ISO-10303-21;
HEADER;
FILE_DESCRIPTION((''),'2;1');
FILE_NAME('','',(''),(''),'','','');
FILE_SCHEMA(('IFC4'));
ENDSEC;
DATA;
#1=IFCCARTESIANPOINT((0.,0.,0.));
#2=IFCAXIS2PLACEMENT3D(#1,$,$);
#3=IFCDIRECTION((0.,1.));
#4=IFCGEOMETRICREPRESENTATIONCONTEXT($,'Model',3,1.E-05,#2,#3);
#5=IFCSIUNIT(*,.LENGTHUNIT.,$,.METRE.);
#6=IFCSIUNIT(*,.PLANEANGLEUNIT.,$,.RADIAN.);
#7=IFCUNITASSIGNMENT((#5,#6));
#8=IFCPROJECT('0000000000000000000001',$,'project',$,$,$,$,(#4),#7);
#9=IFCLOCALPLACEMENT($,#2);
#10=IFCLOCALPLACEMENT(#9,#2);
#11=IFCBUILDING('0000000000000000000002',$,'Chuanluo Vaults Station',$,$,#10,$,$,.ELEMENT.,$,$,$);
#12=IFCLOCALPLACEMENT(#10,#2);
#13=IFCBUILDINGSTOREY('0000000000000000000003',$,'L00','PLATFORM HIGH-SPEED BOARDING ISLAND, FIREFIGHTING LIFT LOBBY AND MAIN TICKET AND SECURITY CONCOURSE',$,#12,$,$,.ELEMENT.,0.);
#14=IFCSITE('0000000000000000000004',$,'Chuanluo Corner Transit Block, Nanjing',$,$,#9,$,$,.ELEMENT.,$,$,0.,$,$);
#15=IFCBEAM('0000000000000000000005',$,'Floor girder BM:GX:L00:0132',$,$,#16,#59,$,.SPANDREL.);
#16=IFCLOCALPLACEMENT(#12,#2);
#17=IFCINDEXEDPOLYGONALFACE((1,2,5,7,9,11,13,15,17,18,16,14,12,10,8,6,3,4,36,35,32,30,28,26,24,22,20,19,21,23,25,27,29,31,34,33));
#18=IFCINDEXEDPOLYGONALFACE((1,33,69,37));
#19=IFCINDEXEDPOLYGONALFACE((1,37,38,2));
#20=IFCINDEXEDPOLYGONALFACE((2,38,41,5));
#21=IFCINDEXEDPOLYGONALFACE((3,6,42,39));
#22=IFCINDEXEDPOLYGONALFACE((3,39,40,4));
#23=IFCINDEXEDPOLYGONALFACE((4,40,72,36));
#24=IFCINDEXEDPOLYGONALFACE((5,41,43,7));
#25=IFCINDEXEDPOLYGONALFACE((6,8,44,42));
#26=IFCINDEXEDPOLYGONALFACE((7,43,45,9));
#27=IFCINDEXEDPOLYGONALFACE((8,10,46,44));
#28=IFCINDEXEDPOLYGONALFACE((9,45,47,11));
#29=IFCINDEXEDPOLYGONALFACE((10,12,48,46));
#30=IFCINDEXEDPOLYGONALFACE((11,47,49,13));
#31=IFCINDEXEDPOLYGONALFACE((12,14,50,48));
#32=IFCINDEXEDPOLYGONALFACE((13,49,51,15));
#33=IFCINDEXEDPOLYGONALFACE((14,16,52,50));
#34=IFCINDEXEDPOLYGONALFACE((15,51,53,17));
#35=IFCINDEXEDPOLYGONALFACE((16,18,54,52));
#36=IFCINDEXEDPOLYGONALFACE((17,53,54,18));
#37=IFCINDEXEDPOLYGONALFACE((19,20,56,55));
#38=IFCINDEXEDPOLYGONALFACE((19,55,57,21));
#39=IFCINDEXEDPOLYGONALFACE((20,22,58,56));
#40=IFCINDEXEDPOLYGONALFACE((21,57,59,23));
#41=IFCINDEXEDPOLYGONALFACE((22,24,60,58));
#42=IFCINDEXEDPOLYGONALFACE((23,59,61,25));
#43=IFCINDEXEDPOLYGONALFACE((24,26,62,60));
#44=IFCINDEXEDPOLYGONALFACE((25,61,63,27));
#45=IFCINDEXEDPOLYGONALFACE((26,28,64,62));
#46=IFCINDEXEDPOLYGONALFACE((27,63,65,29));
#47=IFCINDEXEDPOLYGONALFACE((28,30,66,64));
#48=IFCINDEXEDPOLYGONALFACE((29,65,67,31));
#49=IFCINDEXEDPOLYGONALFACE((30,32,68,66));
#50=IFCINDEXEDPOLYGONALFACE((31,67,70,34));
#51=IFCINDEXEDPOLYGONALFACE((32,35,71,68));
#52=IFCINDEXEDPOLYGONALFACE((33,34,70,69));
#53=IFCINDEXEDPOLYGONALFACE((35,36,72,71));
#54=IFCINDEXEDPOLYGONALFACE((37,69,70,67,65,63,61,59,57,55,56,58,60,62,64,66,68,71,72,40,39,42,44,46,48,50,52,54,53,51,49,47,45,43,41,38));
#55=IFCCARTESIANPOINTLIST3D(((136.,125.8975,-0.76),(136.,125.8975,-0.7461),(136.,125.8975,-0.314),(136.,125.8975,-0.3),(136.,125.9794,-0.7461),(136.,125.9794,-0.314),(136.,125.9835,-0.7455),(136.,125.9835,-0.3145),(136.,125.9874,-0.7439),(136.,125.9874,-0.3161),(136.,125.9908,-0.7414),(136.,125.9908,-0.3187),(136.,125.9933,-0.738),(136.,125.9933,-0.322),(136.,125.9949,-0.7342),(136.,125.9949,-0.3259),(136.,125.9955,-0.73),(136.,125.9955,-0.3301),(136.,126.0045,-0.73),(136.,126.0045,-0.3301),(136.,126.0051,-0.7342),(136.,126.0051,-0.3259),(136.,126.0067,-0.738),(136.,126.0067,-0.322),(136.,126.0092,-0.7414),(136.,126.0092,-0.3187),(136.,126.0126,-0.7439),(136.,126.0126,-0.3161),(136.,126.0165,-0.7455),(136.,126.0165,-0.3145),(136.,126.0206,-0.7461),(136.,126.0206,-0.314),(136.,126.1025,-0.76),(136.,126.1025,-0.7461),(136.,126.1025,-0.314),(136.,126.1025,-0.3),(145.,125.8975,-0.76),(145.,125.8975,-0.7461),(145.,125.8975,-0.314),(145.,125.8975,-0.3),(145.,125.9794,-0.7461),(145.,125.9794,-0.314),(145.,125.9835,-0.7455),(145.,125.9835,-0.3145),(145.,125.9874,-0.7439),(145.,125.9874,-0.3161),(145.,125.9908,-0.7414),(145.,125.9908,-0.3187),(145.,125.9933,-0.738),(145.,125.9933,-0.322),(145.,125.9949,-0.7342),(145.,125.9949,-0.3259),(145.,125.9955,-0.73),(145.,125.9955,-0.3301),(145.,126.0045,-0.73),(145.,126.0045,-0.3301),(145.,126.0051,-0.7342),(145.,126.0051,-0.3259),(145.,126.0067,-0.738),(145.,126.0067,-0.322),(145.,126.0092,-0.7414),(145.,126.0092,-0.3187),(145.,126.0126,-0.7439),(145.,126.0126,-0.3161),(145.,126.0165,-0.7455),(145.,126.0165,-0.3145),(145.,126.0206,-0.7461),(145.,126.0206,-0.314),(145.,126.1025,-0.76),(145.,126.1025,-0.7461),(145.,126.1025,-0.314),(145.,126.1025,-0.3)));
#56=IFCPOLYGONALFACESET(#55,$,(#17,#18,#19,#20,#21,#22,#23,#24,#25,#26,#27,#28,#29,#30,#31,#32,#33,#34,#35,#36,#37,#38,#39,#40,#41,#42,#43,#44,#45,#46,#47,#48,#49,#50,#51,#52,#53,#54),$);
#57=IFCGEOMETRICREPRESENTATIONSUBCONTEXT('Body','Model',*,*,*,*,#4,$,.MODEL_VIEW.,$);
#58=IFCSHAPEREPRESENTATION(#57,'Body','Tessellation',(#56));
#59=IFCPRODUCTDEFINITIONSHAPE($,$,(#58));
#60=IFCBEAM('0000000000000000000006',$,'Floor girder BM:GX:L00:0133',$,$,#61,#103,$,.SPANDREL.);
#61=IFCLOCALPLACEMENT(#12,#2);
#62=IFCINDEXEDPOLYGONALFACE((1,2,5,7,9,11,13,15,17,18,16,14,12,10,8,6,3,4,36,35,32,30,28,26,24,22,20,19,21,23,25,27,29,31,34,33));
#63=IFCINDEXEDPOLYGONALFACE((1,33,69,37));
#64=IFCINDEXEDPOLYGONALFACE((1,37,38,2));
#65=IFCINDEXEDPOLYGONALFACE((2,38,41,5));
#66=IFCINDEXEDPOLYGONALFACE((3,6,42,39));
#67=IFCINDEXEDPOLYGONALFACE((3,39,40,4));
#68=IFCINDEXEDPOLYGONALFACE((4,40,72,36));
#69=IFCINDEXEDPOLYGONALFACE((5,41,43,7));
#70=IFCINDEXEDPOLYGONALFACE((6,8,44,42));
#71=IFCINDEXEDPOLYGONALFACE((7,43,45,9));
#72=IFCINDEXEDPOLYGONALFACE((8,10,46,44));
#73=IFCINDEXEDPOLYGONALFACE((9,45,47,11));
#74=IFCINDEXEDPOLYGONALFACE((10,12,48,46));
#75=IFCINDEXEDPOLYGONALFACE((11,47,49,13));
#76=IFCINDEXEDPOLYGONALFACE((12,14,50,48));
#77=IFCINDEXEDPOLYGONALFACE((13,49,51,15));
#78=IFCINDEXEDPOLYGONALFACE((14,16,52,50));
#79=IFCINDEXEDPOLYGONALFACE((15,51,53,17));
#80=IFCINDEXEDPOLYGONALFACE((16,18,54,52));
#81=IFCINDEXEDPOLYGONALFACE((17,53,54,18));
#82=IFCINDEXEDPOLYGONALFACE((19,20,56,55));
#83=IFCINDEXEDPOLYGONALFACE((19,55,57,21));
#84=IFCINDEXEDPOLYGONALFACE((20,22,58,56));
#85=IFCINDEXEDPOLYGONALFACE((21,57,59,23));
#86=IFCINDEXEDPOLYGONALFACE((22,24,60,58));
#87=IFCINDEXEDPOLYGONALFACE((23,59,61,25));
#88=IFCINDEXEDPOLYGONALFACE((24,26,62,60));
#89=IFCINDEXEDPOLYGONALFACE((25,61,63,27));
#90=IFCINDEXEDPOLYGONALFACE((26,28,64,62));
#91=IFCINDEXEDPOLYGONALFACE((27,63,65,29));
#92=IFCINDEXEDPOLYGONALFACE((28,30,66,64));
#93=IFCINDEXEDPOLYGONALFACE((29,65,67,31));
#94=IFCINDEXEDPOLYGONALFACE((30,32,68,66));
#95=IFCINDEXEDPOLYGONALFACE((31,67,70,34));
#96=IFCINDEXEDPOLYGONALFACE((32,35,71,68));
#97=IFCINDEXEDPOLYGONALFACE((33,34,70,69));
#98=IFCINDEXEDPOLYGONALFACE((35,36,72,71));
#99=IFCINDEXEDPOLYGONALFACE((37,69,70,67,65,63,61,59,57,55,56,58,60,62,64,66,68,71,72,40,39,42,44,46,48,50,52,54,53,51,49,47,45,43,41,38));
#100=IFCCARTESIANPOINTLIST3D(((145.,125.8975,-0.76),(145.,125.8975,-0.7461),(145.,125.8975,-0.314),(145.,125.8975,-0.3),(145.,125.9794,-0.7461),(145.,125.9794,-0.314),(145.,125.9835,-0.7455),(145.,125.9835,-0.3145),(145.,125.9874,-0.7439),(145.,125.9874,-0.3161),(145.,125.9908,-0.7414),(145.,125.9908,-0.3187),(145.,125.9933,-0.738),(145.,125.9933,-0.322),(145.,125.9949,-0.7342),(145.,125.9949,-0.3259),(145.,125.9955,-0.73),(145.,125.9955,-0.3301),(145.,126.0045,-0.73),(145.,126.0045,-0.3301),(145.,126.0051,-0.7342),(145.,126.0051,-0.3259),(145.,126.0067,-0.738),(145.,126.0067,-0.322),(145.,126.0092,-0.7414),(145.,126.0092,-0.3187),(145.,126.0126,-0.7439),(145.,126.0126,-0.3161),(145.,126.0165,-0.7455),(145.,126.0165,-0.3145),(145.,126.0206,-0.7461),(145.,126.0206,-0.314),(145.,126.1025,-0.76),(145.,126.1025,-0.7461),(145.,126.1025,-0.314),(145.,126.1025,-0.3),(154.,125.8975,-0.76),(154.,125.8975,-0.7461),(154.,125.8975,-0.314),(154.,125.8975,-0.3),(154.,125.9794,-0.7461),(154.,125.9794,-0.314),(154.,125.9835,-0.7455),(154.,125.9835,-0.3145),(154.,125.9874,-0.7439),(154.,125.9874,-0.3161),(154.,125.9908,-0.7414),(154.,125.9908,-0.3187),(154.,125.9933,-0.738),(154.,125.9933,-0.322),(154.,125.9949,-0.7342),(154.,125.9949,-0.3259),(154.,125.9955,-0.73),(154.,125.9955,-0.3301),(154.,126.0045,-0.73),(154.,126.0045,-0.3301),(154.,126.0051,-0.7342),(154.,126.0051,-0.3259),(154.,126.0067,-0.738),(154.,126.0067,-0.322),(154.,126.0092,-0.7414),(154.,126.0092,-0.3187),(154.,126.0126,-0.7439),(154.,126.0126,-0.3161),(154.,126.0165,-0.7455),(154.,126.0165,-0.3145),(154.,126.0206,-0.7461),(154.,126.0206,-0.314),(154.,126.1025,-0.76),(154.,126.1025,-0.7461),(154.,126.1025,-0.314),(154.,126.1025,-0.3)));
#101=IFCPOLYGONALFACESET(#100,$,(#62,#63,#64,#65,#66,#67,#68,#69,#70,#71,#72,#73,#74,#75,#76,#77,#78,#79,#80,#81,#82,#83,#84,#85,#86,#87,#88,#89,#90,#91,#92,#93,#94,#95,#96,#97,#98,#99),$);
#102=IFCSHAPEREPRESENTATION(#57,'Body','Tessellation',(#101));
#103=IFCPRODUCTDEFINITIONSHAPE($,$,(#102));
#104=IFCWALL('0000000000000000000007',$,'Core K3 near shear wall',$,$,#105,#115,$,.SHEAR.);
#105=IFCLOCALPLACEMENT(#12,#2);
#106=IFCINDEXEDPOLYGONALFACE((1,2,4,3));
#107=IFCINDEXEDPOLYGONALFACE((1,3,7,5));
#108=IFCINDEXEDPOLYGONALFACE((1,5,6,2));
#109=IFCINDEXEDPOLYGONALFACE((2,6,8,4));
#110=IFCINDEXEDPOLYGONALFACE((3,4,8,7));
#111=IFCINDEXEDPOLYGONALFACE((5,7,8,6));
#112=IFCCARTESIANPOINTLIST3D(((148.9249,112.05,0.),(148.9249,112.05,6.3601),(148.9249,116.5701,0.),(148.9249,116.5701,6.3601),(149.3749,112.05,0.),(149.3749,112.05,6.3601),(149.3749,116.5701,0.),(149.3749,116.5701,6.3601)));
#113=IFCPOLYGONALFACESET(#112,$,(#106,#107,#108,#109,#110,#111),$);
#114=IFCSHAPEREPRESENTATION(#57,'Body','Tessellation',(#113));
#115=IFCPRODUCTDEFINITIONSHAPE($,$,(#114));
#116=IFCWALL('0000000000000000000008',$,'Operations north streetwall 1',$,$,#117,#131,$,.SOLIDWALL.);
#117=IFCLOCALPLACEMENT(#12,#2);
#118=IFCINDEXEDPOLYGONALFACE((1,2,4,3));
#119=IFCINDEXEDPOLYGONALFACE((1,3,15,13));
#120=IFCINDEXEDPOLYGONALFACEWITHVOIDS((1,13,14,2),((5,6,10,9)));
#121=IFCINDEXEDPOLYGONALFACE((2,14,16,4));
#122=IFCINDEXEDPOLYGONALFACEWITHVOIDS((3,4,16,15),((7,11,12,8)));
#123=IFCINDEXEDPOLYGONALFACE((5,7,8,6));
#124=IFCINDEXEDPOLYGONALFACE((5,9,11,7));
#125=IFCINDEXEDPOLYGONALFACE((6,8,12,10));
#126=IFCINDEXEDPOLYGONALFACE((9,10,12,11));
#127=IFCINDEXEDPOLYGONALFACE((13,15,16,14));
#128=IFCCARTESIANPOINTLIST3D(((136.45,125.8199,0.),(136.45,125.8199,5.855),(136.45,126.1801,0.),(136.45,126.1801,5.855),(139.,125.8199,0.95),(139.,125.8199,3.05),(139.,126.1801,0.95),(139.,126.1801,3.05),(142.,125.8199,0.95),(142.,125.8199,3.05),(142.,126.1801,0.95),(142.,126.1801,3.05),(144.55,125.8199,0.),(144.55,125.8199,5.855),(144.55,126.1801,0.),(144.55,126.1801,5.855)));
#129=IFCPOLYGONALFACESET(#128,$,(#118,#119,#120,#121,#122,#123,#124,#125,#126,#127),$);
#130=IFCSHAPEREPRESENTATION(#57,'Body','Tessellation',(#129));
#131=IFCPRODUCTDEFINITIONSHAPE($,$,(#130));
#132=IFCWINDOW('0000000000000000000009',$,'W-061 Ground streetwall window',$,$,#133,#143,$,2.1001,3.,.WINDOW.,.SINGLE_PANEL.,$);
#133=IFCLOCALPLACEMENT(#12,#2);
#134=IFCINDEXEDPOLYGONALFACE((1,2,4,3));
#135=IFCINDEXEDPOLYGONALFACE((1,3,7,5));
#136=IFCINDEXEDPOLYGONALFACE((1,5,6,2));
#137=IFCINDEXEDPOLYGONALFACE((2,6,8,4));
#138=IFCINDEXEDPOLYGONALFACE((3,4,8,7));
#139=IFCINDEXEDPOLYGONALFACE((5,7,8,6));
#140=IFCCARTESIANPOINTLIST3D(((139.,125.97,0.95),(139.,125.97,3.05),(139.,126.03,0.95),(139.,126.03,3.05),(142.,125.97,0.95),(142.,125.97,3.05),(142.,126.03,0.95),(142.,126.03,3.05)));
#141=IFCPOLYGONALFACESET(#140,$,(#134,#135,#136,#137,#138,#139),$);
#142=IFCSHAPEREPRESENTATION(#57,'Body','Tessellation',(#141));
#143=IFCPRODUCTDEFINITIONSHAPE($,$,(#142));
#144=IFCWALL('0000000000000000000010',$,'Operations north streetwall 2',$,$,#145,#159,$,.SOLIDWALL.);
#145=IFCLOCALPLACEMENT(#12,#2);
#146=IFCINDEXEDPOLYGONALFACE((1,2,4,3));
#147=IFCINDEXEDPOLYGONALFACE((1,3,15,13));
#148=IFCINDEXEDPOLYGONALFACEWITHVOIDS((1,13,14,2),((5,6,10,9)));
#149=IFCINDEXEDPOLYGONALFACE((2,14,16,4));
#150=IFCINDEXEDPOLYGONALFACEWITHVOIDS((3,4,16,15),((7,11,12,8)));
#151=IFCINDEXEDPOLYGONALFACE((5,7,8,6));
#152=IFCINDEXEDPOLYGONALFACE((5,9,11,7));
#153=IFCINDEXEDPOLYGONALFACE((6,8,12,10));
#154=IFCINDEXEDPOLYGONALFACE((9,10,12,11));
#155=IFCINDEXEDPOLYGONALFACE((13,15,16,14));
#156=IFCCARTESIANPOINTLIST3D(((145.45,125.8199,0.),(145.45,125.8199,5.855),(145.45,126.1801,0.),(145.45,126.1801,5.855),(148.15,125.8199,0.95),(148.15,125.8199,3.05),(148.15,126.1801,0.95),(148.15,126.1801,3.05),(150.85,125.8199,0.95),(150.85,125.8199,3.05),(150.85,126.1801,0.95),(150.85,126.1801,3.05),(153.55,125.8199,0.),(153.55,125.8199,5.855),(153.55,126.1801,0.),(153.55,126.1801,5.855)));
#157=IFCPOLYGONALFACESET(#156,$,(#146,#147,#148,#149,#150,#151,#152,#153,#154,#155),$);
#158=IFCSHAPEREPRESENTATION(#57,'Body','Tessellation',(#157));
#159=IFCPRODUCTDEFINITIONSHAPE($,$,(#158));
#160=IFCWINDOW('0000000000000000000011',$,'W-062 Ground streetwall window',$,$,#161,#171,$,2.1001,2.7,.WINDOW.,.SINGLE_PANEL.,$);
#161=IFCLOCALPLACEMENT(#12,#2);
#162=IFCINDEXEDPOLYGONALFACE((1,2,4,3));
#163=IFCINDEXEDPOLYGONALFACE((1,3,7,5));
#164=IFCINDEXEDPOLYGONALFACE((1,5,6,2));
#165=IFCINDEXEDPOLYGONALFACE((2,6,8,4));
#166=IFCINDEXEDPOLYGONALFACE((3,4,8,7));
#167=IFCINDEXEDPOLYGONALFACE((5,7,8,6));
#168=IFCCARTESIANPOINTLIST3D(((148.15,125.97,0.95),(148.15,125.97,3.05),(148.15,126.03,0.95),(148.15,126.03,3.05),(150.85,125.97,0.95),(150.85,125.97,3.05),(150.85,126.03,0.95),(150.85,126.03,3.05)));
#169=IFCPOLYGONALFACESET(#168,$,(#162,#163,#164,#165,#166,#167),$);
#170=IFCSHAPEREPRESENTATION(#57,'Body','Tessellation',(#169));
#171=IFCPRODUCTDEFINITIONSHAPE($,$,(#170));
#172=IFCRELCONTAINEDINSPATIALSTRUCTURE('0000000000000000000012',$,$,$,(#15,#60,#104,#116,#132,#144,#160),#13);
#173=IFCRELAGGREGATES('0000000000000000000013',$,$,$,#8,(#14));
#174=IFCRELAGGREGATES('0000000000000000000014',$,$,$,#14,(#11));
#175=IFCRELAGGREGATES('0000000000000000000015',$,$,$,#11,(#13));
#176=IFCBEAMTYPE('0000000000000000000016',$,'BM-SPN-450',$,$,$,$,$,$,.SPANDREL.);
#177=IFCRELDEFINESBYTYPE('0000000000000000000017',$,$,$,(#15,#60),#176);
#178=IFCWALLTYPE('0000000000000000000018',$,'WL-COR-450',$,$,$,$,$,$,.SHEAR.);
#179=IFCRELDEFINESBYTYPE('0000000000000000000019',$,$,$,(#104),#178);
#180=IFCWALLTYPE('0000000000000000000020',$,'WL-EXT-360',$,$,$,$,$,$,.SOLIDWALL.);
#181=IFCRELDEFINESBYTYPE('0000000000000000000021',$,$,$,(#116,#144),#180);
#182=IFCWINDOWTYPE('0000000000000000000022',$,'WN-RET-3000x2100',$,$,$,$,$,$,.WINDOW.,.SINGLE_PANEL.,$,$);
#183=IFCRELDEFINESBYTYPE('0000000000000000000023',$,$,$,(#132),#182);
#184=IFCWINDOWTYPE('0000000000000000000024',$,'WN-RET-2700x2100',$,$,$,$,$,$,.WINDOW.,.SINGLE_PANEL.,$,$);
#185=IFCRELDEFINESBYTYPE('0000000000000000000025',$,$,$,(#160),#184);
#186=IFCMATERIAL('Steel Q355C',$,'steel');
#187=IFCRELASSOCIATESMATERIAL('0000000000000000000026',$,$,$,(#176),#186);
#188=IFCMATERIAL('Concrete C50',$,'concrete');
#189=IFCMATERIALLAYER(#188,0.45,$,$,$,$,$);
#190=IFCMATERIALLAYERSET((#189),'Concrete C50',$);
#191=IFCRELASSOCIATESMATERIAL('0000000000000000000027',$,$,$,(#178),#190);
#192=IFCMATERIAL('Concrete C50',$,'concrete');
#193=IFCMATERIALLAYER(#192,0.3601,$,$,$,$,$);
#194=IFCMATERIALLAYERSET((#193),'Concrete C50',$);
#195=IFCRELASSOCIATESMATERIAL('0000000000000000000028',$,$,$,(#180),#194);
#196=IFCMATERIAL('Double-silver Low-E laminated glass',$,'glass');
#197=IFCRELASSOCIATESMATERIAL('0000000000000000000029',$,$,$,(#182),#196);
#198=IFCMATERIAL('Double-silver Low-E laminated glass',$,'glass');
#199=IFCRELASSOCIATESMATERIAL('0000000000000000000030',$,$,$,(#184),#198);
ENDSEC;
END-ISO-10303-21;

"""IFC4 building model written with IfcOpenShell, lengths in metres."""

from ifc_helpers import new_model, si_unit, direction, frame, frame_2d, origin, origin_2d, place, context, subcontext, project, spatial, rectangle, i_section, extrude, material, layer, layer_set, material_profile, profile_set, type_object, element, fill, save


model = new_model("IFC4")

# Units and contexts
model_context = context("Model", 3, precision=1e-05, world=origin(), true_north=direction((0.0, 1.0)))
body_context = subcontext(model_context, "Body", "Model", "MODEL_VIEW")
ifc_project = project(units=[si_unit("LENGTHUNIT", "METRE"), si_unit("PLANEANGLEUNIT", "RADIAN")], contexts=[model_context])

# Site, building, storey
site_placement = place(None, origin())
site = spatial("IfcSite", under=ifc_project, at=site_placement, Name="Chuanluo Corner Transit Block, Nanjing", CompositionType="ELEMENT", RefElevation=0.0)
building_placement = place(site_placement, origin())
building = spatial("IfcBuilding", under=site, at=building_placement, Name="Chuanluo Vaults Station", CompositionType="ELEMENT")
storey_placement = place(building_placement, origin())
storey = spatial("IfcBuildingStorey", under=building, at=storey_placement, Name="L00", Description="PLATFORM HIGH-SPEED BOARDING ISLAND, FIREFIGHTING LIFT LOBBY AND MAIN TICKET AND SECURITY CONCOURSE", CompositionType="ELEMENT", Elevation=0.0)

# Beams
ifc_material_1 = material(Name="Steel Q355C", Category="steel")
ifc_material_profile_1 = material_profile(ifc_material_1, i_section(OverallWidth=0.2051, OverallDepth=0.46, WebThickness=0.009, FlangeThickness=0.0139, FilletRadius=0.0161, at=origin_2d()))
ifc_profile_set_1 = profile_set([ifc_material_profile_1], Name="Steel Q355C")
beam_type_1 = type_object("IfcBeamType", Name="BM-SPN-450", PredefinedType="SPANDREL", material=ifc_profile_set_1)
for number, where, z_axis, x_axis, name in (
    (1, (136.0, 126.0, -0.53), (1.0, 0.0, 0.0), (0.0, 1.0, 0.0), "Floor girder BM:GX:L00:0132"),
    (2, (145.0, 126.0, -0.53), (1.0, 0.0, 0.0), (0.0, 1.0, 0.0), "Floor girder BM:GX:L00:0133"),
):
    element("IfcBeam", number, at=place(storey_placement, frame(where, z_axis=z_axis, x_axis=x_axis)), inside=storey, type_object=beam_type_1, Name=name, PredefinedType="SPANDREL", context=body_context, shape_type="SweptSolid", body=[
        extrude(i_section(OverallWidth=0.2051, OverallDepth=0.46, WebThickness=0.009, FlangeThickness=0.0139, FilletRadius=0.0161, at=origin_2d()), origin(), (0.0, 0.0, 1.0), 9.0),
    ])

# Wall
ifc_material_2 = material(Name="Concrete C50", Category="concrete")
ifc_layer_1 = layer(ifc_material_2, 0.45)
ifc_layer_set_1 = layer_set([ifc_layer_1], Name="Concrete C50")
wall_type_1 = type_object("IfcWallType", Name="WL-COR-450", PredefinedType="SHEAR", material=ifc_layer_set_1)
wall_1_placement = place(storey_placement, frame((149.1499, 116.5701, 0.0), z_axis=(0.0, 0.0, 1.0), x_axis=(0.0, -1.0, 0.0)))
element("IfcWall", 3, at=wall_1_placement, inside=storey, type_object=wall_type_1, Name="Core K3 near shear wall", PredefinedType="SHEAR", context=body_context, shape_type="SweptSolid", body=[
    extrude(rectangle(XDim=4.52, YDim=0.45, at=frame_2d((2.26, 0.0))), origin(), (0.0, 0.0, 1.0), 6.3601),
])

# Walls, openings, windows
ifc_material_3 = material(Name="Concrete C50", Category="concrete")
ifc_layer_2 = layer(ifc_material_3, 0.3601)
ifc_layer_set_2 = layer_set([ifc_layer_2], Name="Concrete C50")
wall_type_2 = type_object("IfcWallType", Name="WL-EXT-360", PredefinedType="SOLIDWALL", material=ifc_layer_set_2)
wall_2_placement = place(storey_placement, frame((136.45, 126.0, 0.0), z_axis=(0.0, 0.0, 1.0), x_axis=(1.0, 0.0, 0.0)))
wall_2 = element("IfcWall", 4, at=wall_2_placement, inside=storey, type_object=wall_type_2, Name="Operations north streetwall 1", PredefinedType="SOLIDWALL", context=body_context, shape_type="SweptSolid", body=[
    extrude(rectangle(XDim=8.1001, YDim=0.3601, at=frame_2d((4.05, 0.0))), origin(), (0.0, 0.0, 1.0), 5.855),
])
opening_1_placement = place(wall_2_placement, frame((2.55, 0.0, 0.95)))
opening_1 = element("IfcOpeningElement", 5, at=opening_1_placement, cuts=wall_2, PredefinedType="OPENING", context=body_context, shape_type="SweptSolid", body=[
    extrude(rectangle(XDim=3.0, YDim=2.1001, at=frame_2d((1.5, 1.05))), frame((0.0, 0.1902, 0.0), z_axis=(0.0, -1.0, 0.0), x_axis=(1.0, 0.0, 0.0)), (0.0, 0.0, 1.0), 0.3801),
])
ifc_material_4 = material(Name="Double-silver Low-E laminated glass", Category="glass")
window_type_1 = type_object("IfcWindowType", Name="WN-RET-3000x2100", PartitioningType="SINGLE_PANEL", PredefinedType="WINDOW", material=ifc_material_4)
window_1_placement = place(opening_1_placement, origin())
window_1 = element("IfcWindow", 6, at=window_1_placement, inside=storey, type_object=window_type_1, Name="W-061 Ground streetwall window", OverallHeight=2.1001, OverallWidth=3.0, PartitioningType="SINGLE_PANEL", PredefinedType="WINDOW", context=body_context, shape_type="SweptSolid", body=[
    extrude(rectangle(XDim=3.0, YDim=2.1001, at=frame_2d((1.5, 1.05))), frame((0.0, 0.03, 0.0), z_axis=(0.0, -1.0, 0.0), x_axis=(1.0, 0.0, 0.0)), (0.0, 0.0, 1.0), 0.0601),
])
fill(opening_1, window_1)
wall_3_placement = place(storey_placement, frame((145.45, 126.0, 0.0), z_axis=(0.0, 0.0, 1.0), x_axis=(1.0, 0.0, 0.0)))
wall_3 = element("IfcWall", 7, at=wall_3_placement, inside=storey, type_object=wall_type_2, Name="Operations north streetwall 2", PredefinedType="SOLIDWALL", context=body_context, shape_type="SweptSolid", body=[
    extrude(rectangle(XDim=8.1001, YDim=0.3601, at=frame_2d((4.05, 0.0))), origin(), (0.0, 0.0, 1.0), 5.855),
])
opening_2_placement = place(wall_3_placement, frame((2.7, 0.0, 0.95)))
opening_2 = element("IfcOpeningElement", 8, at=opening_2_placement, cuts=wall_3, PredefinedType="OPENING", context=body_context, shape_type="SweptSolid", body=[
    extrude(rectangle(XDim=2.7, YDim=2.1001, at=frame_2d((1.3501, 1.05))), frame((0.0, 0.1902, 0.0), z_axis=(0.0, -1.0, 0.0), x_axis=(1.0, 0.0, 0.0)), (0.0, 0.0, 1.0), 0.3801),
])
ifc_material_5 = material(Name="Double-silver Low-E laminated glass", Category="glass")
window_type_2 = type_object("IfcWindowType", Name="WN-RET-2700x2100", PartitioningType="SINGLE_PANEL", PredefinedType="WINDOW", material=ifc_material_5)
window_2_placement = place(opening_2_placement, origin())
window_2 = element("IfcWindow", 9, at=window_2_placement, inside=storey, type_object=window_type_2, Name="W-062 Ground streetwall window", OverallHeight=2.1001, OverallWidth=2.7, PartitioningType="SINGLE_PANEL", PredefinedType="WINDOW", context=body_context, shape_type="SweptSolid", body=[
    extrude(rectangle(XDim=2.7, YDim=2.1001, at=frame_2d((1.3501, 1.05))), frame((0.0, 0.03, 0.0), z_axis=(0.0, -1.0, 0.0), x_axis=(1.0, 0.0, 0.0)), (0.0, 0.0, 1.0), 0.0601),
])
fill(opening_2, window_2)

save(model, "model.ifc")
